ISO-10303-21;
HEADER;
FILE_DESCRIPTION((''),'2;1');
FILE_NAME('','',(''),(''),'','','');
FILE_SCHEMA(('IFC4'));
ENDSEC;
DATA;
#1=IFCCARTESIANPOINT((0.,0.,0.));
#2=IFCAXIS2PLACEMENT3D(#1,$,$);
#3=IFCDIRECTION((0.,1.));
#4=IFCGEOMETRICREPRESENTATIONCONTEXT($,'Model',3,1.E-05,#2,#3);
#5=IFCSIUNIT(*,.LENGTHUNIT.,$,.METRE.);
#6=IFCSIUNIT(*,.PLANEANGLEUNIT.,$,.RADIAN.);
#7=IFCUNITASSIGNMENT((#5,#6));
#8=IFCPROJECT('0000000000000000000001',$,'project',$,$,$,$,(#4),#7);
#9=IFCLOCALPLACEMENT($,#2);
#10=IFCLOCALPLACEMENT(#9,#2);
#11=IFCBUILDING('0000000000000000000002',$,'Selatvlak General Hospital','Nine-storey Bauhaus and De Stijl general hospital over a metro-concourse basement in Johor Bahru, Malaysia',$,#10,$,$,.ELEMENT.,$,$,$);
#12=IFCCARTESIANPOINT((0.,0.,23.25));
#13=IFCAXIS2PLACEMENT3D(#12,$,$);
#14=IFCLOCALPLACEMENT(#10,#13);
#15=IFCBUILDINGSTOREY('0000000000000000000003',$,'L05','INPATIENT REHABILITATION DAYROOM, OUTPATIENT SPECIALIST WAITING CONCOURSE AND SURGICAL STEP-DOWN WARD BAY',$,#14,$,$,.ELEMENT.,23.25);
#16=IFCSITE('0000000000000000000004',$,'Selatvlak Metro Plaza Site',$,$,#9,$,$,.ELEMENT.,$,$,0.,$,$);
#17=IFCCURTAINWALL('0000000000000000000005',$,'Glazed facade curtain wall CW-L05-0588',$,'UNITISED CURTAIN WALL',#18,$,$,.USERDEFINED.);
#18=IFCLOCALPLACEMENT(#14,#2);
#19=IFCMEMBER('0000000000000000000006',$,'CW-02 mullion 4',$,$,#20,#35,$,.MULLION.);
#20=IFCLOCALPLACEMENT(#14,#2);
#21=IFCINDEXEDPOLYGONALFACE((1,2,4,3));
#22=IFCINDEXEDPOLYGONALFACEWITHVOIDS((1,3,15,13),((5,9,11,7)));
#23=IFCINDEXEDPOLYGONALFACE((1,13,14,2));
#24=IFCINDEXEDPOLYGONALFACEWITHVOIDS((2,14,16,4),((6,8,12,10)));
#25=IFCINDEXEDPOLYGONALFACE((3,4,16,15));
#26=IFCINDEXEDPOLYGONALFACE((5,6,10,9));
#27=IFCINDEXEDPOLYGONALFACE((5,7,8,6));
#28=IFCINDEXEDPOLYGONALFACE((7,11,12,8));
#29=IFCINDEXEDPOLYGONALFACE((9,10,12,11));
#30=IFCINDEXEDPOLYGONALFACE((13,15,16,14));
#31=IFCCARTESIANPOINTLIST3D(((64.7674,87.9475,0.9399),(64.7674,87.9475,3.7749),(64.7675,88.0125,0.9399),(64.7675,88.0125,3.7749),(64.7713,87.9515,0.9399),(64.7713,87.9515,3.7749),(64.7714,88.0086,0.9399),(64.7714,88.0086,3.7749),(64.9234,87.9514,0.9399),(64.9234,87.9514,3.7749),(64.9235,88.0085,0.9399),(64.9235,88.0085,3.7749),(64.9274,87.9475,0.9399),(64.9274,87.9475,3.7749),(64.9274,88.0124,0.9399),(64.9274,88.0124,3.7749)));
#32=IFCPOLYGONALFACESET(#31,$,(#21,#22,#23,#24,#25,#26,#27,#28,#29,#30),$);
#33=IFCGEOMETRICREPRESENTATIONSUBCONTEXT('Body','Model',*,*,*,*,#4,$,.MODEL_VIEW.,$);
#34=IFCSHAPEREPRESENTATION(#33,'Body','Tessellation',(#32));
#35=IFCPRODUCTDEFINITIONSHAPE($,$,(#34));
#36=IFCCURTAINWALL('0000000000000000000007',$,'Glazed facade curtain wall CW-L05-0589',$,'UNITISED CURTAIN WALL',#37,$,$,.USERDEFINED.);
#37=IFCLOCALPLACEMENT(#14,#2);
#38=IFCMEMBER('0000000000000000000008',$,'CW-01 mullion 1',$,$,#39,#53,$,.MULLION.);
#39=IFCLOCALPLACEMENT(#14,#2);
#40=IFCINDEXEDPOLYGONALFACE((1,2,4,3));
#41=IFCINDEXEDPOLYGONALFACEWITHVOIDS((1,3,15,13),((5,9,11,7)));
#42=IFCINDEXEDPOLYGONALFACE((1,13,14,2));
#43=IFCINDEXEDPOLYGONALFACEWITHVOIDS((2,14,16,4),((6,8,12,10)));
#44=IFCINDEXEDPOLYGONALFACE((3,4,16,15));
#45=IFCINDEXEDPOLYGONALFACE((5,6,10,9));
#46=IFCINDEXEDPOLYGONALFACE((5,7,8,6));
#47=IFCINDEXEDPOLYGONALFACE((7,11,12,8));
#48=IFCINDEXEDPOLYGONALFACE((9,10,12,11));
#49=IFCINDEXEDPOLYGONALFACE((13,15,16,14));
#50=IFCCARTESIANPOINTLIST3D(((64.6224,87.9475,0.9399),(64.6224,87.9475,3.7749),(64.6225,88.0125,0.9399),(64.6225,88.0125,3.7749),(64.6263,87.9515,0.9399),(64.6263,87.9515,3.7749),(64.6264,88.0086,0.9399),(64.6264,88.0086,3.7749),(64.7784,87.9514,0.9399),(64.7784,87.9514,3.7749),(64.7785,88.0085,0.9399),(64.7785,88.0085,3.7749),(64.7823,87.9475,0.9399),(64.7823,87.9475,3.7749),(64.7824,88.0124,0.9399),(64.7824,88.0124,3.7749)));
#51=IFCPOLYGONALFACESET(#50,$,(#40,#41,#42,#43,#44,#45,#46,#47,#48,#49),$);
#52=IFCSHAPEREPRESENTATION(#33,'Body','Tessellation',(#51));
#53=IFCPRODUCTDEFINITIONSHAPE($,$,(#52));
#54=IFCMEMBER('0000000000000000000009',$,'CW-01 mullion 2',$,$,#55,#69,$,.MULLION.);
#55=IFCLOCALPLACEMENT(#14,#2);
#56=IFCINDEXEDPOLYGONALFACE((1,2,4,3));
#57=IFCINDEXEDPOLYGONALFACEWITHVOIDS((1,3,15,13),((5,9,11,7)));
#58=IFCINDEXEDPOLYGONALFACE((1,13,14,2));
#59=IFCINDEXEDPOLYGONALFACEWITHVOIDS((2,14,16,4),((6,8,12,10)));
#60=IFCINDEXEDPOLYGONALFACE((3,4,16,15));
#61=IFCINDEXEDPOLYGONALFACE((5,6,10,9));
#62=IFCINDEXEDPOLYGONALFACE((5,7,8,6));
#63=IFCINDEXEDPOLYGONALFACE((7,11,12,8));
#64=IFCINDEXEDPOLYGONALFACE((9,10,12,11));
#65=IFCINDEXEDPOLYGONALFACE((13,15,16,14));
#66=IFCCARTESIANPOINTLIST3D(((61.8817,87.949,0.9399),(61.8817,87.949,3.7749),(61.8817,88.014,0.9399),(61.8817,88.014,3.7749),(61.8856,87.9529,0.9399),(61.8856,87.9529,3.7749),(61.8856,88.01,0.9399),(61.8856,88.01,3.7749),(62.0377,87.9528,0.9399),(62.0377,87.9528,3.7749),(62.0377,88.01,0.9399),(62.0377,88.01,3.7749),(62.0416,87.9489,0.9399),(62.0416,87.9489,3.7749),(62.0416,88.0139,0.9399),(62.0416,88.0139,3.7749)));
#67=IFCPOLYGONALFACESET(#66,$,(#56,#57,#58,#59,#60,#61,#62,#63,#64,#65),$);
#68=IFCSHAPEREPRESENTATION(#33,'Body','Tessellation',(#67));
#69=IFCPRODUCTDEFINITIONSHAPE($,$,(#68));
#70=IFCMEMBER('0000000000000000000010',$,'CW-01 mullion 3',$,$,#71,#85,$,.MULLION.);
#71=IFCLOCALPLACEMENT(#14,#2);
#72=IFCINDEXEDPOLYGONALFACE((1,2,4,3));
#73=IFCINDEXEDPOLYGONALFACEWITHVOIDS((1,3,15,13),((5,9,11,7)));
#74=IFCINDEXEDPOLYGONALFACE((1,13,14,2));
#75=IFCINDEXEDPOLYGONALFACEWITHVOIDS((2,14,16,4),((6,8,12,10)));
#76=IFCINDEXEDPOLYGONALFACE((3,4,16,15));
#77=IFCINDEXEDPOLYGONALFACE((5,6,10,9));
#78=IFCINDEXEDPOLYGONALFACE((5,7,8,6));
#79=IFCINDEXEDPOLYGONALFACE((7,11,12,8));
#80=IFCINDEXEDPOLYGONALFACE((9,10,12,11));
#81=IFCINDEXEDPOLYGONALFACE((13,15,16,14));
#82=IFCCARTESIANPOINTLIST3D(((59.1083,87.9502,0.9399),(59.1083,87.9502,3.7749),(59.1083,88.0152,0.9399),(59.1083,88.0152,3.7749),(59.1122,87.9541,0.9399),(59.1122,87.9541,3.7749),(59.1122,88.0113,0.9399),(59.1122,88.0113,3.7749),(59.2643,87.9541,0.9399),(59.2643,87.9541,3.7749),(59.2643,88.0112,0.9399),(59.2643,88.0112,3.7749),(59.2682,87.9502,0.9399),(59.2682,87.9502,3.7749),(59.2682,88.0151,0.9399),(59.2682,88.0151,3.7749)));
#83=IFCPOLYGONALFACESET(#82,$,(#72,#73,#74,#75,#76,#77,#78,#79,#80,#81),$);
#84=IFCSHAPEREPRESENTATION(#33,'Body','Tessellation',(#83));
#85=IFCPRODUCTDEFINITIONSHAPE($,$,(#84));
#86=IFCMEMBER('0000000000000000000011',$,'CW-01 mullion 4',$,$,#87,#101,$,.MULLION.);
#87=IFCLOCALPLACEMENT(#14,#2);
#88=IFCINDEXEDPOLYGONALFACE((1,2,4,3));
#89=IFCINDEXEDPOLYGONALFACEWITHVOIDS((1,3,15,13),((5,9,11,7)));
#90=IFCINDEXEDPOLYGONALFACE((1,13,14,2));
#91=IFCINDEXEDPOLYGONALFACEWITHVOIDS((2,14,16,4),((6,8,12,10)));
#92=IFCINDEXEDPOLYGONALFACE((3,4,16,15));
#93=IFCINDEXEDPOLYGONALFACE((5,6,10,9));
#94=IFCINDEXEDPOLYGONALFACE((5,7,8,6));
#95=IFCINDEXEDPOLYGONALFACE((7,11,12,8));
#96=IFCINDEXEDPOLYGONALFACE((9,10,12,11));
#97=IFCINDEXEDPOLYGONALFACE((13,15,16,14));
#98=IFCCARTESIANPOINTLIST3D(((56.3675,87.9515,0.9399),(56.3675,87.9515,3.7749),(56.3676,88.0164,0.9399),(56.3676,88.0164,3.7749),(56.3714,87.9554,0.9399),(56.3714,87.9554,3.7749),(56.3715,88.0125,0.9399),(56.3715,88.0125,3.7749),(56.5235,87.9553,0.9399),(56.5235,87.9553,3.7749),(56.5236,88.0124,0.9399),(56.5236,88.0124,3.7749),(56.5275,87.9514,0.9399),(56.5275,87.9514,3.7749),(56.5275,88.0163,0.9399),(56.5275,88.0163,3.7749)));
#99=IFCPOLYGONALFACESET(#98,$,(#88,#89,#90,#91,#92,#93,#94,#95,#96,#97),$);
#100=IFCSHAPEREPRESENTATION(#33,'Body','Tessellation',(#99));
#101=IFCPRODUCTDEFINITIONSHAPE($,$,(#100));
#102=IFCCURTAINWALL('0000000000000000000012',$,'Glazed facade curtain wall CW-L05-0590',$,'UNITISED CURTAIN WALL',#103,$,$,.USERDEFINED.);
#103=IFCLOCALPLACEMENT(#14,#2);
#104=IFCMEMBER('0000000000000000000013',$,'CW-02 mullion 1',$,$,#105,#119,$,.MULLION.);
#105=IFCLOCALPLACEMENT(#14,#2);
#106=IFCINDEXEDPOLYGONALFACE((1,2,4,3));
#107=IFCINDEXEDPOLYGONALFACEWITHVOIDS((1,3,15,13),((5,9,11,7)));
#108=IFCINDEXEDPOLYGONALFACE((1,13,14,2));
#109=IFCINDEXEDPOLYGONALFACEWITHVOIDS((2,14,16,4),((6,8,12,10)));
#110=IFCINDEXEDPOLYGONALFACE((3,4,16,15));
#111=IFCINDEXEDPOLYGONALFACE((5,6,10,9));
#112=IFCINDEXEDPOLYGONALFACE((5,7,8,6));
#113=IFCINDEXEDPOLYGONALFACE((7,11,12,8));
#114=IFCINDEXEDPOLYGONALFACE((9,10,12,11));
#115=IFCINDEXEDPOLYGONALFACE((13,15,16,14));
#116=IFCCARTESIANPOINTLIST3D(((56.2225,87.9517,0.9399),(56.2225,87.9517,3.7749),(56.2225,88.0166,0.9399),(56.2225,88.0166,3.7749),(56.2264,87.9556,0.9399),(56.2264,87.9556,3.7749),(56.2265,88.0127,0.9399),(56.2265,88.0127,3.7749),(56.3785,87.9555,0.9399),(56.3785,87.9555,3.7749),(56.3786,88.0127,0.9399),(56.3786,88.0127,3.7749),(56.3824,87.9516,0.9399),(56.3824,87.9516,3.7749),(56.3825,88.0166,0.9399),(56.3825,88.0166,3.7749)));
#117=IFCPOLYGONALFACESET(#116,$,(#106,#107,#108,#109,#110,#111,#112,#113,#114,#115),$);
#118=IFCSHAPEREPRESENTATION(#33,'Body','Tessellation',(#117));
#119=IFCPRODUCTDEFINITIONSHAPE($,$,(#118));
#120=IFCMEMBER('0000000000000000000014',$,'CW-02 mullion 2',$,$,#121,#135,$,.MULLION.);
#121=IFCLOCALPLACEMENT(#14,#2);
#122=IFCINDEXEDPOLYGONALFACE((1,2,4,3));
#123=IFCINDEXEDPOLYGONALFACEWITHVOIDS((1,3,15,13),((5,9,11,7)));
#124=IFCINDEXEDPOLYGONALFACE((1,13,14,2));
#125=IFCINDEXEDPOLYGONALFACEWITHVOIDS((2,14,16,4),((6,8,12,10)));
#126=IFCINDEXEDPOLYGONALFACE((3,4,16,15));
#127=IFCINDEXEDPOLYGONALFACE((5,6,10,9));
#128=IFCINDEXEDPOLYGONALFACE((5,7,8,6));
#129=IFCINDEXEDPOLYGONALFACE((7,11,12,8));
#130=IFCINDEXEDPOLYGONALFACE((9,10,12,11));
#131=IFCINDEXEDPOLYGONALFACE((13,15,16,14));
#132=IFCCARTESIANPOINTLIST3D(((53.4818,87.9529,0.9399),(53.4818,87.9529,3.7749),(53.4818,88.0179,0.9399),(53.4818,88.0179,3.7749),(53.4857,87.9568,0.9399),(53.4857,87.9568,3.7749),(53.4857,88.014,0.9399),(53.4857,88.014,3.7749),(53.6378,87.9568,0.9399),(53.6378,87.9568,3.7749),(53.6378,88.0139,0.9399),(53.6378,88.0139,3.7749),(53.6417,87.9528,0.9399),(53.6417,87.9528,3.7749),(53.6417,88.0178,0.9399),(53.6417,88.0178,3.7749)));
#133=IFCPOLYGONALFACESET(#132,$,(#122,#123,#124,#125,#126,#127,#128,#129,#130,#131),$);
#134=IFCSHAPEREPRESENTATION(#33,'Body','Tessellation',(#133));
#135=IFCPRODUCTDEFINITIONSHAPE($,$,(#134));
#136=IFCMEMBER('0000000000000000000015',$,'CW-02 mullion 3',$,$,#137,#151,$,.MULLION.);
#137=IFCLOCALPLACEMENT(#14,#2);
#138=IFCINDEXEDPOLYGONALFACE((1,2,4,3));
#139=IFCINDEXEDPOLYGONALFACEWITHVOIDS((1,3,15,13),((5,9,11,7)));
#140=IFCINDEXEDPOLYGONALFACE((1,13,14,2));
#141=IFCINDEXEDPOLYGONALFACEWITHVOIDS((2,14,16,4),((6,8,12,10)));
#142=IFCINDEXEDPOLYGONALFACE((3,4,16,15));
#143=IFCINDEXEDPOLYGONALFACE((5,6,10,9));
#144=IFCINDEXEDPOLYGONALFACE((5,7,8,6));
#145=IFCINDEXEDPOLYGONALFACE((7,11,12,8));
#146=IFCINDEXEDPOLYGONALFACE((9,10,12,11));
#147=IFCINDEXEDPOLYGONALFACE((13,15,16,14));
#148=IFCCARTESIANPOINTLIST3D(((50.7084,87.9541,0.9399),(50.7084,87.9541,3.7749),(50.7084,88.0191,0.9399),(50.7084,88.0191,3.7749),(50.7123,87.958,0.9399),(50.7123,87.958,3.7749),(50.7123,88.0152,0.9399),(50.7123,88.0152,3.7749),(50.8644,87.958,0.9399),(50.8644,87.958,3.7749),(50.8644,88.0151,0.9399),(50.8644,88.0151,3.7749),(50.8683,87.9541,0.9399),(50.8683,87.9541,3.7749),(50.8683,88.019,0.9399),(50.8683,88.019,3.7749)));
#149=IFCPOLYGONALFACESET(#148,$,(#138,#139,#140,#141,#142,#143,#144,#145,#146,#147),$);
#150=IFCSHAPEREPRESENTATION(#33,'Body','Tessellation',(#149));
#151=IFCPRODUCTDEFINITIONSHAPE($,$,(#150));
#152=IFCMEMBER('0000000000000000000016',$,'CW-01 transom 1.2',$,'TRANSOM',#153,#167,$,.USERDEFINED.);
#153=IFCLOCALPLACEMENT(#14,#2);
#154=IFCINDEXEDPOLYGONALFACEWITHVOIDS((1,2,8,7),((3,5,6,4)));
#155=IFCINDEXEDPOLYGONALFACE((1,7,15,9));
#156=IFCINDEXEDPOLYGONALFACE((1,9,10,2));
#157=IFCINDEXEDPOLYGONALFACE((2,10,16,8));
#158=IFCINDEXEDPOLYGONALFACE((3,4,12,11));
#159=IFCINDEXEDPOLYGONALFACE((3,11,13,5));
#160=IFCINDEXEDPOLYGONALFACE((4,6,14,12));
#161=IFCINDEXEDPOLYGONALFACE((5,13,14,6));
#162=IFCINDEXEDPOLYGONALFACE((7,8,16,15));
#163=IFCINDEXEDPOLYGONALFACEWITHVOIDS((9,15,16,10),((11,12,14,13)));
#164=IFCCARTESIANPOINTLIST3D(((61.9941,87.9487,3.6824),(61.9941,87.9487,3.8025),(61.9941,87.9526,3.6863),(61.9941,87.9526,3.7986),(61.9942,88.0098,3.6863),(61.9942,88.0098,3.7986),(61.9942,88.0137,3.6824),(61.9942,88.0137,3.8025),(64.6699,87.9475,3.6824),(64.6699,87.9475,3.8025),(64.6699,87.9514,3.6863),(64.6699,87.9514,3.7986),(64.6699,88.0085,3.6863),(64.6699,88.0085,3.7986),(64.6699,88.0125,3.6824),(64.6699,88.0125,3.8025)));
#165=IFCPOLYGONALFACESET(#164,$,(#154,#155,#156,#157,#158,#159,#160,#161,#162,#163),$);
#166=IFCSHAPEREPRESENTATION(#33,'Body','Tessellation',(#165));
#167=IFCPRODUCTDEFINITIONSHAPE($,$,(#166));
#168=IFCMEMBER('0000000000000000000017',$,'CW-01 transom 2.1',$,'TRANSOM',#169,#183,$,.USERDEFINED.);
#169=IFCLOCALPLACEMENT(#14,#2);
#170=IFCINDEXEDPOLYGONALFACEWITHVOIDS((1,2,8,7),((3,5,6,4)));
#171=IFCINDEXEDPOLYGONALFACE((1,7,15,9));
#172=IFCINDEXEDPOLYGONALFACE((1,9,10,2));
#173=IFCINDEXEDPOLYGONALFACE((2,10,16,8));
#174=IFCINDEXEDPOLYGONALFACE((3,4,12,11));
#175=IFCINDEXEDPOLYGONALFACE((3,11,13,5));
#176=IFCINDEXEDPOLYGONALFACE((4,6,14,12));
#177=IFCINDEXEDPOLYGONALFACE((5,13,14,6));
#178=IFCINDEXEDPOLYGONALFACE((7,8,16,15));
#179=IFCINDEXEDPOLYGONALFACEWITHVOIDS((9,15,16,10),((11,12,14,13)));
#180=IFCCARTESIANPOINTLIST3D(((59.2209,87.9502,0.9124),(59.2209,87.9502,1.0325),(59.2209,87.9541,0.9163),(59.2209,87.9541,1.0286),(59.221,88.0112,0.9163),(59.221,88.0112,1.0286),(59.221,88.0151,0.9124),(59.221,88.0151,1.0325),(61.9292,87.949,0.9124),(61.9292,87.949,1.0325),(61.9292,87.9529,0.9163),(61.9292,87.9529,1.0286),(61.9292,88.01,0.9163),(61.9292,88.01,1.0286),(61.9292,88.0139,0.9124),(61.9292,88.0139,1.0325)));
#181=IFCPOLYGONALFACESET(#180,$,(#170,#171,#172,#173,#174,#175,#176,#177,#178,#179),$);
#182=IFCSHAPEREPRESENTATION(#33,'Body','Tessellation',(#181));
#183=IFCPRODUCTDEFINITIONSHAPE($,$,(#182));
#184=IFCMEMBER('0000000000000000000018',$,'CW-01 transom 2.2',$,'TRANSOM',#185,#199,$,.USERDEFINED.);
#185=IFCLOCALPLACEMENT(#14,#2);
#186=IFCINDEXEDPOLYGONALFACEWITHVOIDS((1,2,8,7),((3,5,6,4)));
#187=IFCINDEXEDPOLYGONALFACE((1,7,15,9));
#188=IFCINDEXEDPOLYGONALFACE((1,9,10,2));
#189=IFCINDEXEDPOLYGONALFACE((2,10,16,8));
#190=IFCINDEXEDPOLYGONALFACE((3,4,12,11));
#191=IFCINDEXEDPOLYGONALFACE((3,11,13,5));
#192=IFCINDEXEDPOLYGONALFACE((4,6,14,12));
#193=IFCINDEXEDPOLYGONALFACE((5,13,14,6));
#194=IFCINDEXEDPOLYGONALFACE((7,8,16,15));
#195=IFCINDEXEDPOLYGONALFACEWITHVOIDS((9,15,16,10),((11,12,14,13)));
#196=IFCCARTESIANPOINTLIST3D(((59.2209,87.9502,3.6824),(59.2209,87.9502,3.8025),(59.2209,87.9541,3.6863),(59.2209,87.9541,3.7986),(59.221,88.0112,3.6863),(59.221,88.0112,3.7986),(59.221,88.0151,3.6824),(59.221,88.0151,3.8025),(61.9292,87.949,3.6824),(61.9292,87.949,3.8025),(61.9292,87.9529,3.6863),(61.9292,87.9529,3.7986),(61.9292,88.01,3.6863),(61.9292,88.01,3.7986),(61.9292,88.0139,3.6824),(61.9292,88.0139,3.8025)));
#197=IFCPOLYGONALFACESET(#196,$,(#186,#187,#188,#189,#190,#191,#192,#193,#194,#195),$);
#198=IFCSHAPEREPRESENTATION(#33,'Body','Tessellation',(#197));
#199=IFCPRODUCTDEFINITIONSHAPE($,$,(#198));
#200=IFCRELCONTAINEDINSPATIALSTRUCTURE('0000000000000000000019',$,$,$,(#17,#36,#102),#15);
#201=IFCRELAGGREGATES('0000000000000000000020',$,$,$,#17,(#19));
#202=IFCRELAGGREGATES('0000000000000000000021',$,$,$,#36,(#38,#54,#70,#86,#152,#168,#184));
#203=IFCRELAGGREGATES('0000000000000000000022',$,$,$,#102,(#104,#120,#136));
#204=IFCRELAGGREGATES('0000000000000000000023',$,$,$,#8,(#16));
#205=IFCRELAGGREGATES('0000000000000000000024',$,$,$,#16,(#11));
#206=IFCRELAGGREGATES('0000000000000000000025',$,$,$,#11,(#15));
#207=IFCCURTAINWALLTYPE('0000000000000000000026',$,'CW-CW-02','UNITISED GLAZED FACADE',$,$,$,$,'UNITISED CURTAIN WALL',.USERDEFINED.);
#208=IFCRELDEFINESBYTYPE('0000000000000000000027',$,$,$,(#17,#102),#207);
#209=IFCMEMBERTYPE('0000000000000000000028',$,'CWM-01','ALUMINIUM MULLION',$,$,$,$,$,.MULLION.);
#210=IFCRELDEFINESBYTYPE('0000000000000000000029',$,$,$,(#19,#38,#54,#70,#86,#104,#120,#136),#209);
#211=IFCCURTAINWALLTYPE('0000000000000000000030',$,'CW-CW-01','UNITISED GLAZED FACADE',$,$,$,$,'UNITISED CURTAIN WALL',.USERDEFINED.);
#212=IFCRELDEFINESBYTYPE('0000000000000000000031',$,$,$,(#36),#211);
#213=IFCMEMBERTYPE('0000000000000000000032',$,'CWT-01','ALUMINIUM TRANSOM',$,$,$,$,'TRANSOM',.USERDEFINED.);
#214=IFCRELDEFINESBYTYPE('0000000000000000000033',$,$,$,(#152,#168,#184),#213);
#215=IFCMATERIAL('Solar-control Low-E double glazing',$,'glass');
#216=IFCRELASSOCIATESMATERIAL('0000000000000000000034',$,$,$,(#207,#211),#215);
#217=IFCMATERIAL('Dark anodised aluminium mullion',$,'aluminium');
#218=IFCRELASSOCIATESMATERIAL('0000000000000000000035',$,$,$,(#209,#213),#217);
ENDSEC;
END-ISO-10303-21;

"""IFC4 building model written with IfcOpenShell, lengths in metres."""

from ifc_helpers import new_model, si_unit, direction, frame, origin, origin_2d, place, context, subcontext, project, spatial, hollow_rectangle, extrude, material, material_profile, profile_set, type_object, element, aggregate, save


model = new_model("IFC4")

# Units and contexts
model_context = context("Model", 3, precision=1e-05, world=origin(), true_north=direction((0.0, 1.0)))
body_context = subcontext(model_context, "Body", "Model", "MODEL_VIEW")
ifc_project = project(units=[si_unit("LENGTHUNIT", "METRE"), si_unit("PLANEANGLEUNIT", "RADIAN")], contexts=[model_context])

# Site, building, storey
site_placement = place(None, origin())
site = spatial("IfcSite", under=ifc_project, at=site_placement, Name="Selatvlak Metro Plaza Site", CompositionType="ELEMENT", RefElevation=0.0)
building_placement = place(site_placement, origin())
building = spatial("IfcBuilding", under=site, at=building_placement, Name="Selatvlak General Hospital", Description="Nine-storey Bauhaus and De Stijl general hospital over a metro-concourse basement in Johor Bahru, Malaysia", CompositionType="ELEMENT")
storey_placement = place(building_placement, frame((0.0, 0.0, 23.25)))
storey = spatial("IfcBuildingStorey", under=building, at=storey_placement, Name="L05", Description="INPATIENT REHABILITATION DAYROOM, OUTPATIENT SPECIALIST WAITING CONCOURSE AND SURGICAL STEP-DOWN WARD BAY", CompositionType="ELEMENT", Elevation=23.25)

# Curtain wall, member
ifc_material_1 = material(Name="Solar-control Low-E double glazing", Category="glass")
curtain_wall_type_1 = type_object("IfcCurtainWallType", Name="CW-CW-02", Description="UNITISED GLAZED FACADE", ElementType="UNITISED CURTAIN WALL", PredefinedType="USERDEFINED", material=ifc_material_1)
curtain_wall_1_placement = place(storey_placement, origin())
curtain_wall_1 = element("IfcCurtainWall", 1, at=curtain_wall_1_placement, inside=storey, type_object=curtain_wall_type_1, Name="Glazed facade curtain wall CW-L05-0588", ObjectType="UNITISED CURTAIN WALL", PredefinedType="USERDEFINED")
ifc_material_2 = material(Name="Dark anodised aluminium mullion", Category="aluminium")
ifc_material_profile_1 = material_profile(ifc_material_2, hollow_rectangle(XDim=0.0649, YDim=0.1599, WallThickness=0.0039, at=origin_2d()), Name="AL-MUL 65x160x4")
ifc_profile_set_1 = profile_set([ifc_material_profile_1], Name="Dark anodised aluminium mullion")
member_type_1 = type_object("IfcMemberType", Name="CWM-01", Description="ALUMINIUM MULLION", PredefinedType="MULLION", material=ifc_profile_set_1)
member_1_placement = place(storey_placement, frame((64.8474, 87.98, 0.9399), z_axis=(0.0, 0.0, 1.0), x_axis=(-0.000481, -1.0, 0.0)))
member_1 = element("IfcMember", 2, at=member_1_placement, type_object=member_type_1, Name="CW-02 mullion 4", PredefinedType="MULLION", context=body_context, shape_type="SweptSolid", body=[
    extrude(hollow_rectangle(XDim=0.0649, YDim=0.1599, WallThickness=0.0039, at=origin_2d()), origin(), (0.0, 0.0, 1.0), 2.835),
])
aggregate(curtain_wall_1, [member_1])

# Curtain walls, members
curtain_wall_type_2 = type_object("IfcCurtainWallType", Name="CW-CW-01", Description="UNITISED GLAZED FACADE", ElementType="UNITISED CURTAIN WALL", PredefinedType="USERDEFINED", material=ifc_material_1)
curtain_wall_2_placement = place(storey_placement, origin())
curtain_wall_2 = element("IfcCurtainWall", 3, at=curtain_wall_2_placement, inside=storey, type_object=curtain_wall_type_2, Name="Glazed facade curtain wall CW-L05-0589", ObjectType="UNITISED CURTAIN WALL", PredefinedType="USERDEFINED")
member_2_placement = place(storey_placement, frame((64.7024, 87.98, 0.9399), z_axis=(0.0, 0.0, 1.0), x_axis=(-0.000481, -1.0, 0.0)))
member_2 = element("IfcMember", 4, at=member_2_placement, type_object=member_type_1, Name="CW-01 mullion 1", PredefinedType="MULLION", context=body_context, shape_type="SweptSolid", body=[
    extrude(hollow_rectangle(XDim=0.0649, YDim=0.1599, WallThickness=0.0039, at=origin_2d()), origin(), (0.0, 0.0, 1.0), 2.835),
])
member_3_placement = place(storey_placement, frame((61.9617, 87.9814, 0.9399), z_axis=(0.0, 0.0, 1.0), x_axis=(-0.000481, -1.0, 0.0)))
member_3 = element("IfcMember", 5, at=member_3_placement, type_object=member_type_1, Name="CW-01 mullion 2", PredefinedType="MULLION", context=body_context, shape_type="SweptSolid", body=[
    extrude(hollow_rectangle(XDim=0.0649, YDim=0.1599, WallThickness=0.0039, at=origin_2d()), origin(), (0.0, 0.0, 1.0), 2.835),
])
member_4_placement = place(storey_placement, frame((59.1882, 87.9827, 0.9399), z_axis=(0.0, 0.0, 1.0), x_axis=(-0.000481, -1.0, 0.0)))
member_4 = element("IfcMember", 6, at=member_4_placement, type_object=member_type_1, Name="CW-01 mullion 3", PredefinedType="MULLION", context=body_context, shape_type="SweptSolid", body=[
    extrude(hollow_rectangle(XDim=0.0649, YDim=0.1599, WallThickness=0.0039, at=origin_2d()), origin(), (0.0, 0.0, 1.0), 2.835),
])
member_5_placement = place(storey_placement, frame((56.4475, 87.9839, 0.9399), z_axis=(0.0, 0.0, 1.0), x_axis=(-0.000481, -1.0, 0.0)))
member_5 = element("IfcMember", 7, at=member_5_placement, type_object=member_type_1, Name="CW-01 mullion 4", PredefinedType="MULLION", context=body_context, shape_type="SweptSolid", body=[
    extrude(hollow_rectangle(XDim=0.0649, YDim=0.1599, WallThickness=0.0039, at=origin_2d()), origin(), (0.0, 0.0, 1.0), 2.835),
])
curtain_wall_3_placement = place(storey_placement, origin())
curtain_wall_3 = element("IfcCurtainWall", 8, at=curtain_wall_3_placement, inside=storey, type_object=curtain_wall_type_1, Name="Glazed facade curtain wall CW-L05-0590", ObjectType="UNITISED CURTAIN WALL", PredefinedType="USERDEFINED")
member_6_placement = place(storey_placement, frame((56.3025, 87.9841, 0.9399), z_axis=(0.0, 0.0, 1.0), x_axis=(-0.000481, -1.0, 0.0)))
member_6 = element("IfcMember", 9, at=member_6_placement, type_object=member_type_1, Name="CW-02 mullion 1", PredefinedType="MULLION", context=body_context, shape_type="SweptSolid", body=[
    extrude(hollow_rectangle(XDim=0.0649, YDim=0.1599, WallThickness=0.0039, at=origin_2d()), origin(), (0.0, 0.0, 1.0), 2.835),
])
member_7_placement = place(storey_placement, frame((53.5618, 87.9854, 0.9399), z_axis=(0.0, 0.0, 1.0), x_axis=(-0.000481, -1.0, 0.0)))
member_7 = element("IfcMember", 10, at=member_7_placement, type_object=member_type_1, Name="CW-02 mullion 2", PredefinedType="MULLION", context=body_context, shape_type="SweptSolid", body=[
    extrude(hollow_rectangle(XDim=0.0649, YDim=0.1599, WallThickness=0.0039, at=origin_2d()), origin(), (0.0, 0.0, 1.0), 2.835),
])
member_8_placement = place(storey_placement, frame((50.7883, 87.9866, 0.9399), z_axis=(0.0, 0.0, 1.0), x_axis=(-0.000481, -1.0, 0.0)))
member_8 = element("IfcMember", 11, at=member_8_placement, type_object=member_type_1, Name="CW-02 mullion 3", PredefinedType="MULLION", context=body_context, shape_type="SweptSolid", body=[
    extrude(hollow_rectangle(XDim=0.0649, YDim=0.1599, WallThickness=0.0039, at=origin_2d()), origin(), (0.0, 0.0, 1.0), 2.835),
])

# Members
ifc_material_profile_2 = material_profile(ifc_material_2, hollow_rectangle(XDim=0.0649, YDim=0.1201, WallThickness=0.0039, at=origin_2d()), Name="AL-TRN 65x120x4")
ifc_profile_set_2 = profile_set([ifc_material_profile_2], Name="Dark anodised aluminium mullion")
member_type_2 = type_object("IfcMemberType", Name="CWT-01", Description="ALUMINIUM TRANSOM", ElementType="TRANSOM", PredefinedType="USERDEFINED", material=ifc_profile_set_2)
member_9_placement = place(storey_placement, frame((64.6699, 87.98, 3.7424), z_axis=(-1.0, 0.000456, 0.0), x_axis=(-0.000456, -1.0, 0.0)))
member_9 = element("IfcMember", 12, at=member_9_placement, type_object=member_type_2, Name="CW-01 transom 1.2", ObjectType="TRANSOM", PredefinedType="USERDEFINED", context=body_context, shape_type="SweptSolid", body=[
    extrude(hollow_rectangle(XDim=0.0649, YDim=0.1201, WallThickness=0.0039, at=origin_2d()), origin(), (0.0, 0.0, 1.0), 2.6758),
])
member_10_placement = place(storey_placement, frame((61.9292, 87.9814, 0.9724), z_axis=(-1.0, 0.000451, 0.0), x_axis=(-0.000451, -1.0, 0.0)))
member_10 = element("IfcMember", 13, at=member_10_placement, type_object=member_type_2, Name="CW-01 transom 2.1", ObjectType="TRANSOM", PredefinedType="USERDEFINED", context=body_context, shape_type="SweptSolid", body=[
    extrude(hollow_rectangle(XDim=0.0649, YDim=0.1201, WallThickness=0.0039, at=origin_2d()), origin(), (0.0, 0.0, 1.0), 2.7083),
])
member_11_placement = place(storey_placement, frame((61.9292, 87.9814, 3.7424), z_axis=(-1.0, 0.000451, 0.0), x_axis=(-0.000451, -1.0, 0.0)))
member_11 = element("IfcMember", 14, at=member_11_placement, type_object=member_type_2, Name="CW-01 transom 2.2", ObjectType="TRANSOM", PredefinedType="USERDEFINED", context=body_context, shape_type="SweptSolid", body=[
    extrude(hollow_rectangle(XDim=0.0649, YDim=0.1201, WallThickness=0.0039, at=origin_2d()), origin(), (0.0, 0.0, 1.0), 2.7083),
])

aggregate(curtain_wall_2, [member_2, member_3, member_4, member_5, member_9, member_10, member_11])
aggregate(curtain_wall_3, [member_6, member_7, member_8])

save(model, "model.ifc")
